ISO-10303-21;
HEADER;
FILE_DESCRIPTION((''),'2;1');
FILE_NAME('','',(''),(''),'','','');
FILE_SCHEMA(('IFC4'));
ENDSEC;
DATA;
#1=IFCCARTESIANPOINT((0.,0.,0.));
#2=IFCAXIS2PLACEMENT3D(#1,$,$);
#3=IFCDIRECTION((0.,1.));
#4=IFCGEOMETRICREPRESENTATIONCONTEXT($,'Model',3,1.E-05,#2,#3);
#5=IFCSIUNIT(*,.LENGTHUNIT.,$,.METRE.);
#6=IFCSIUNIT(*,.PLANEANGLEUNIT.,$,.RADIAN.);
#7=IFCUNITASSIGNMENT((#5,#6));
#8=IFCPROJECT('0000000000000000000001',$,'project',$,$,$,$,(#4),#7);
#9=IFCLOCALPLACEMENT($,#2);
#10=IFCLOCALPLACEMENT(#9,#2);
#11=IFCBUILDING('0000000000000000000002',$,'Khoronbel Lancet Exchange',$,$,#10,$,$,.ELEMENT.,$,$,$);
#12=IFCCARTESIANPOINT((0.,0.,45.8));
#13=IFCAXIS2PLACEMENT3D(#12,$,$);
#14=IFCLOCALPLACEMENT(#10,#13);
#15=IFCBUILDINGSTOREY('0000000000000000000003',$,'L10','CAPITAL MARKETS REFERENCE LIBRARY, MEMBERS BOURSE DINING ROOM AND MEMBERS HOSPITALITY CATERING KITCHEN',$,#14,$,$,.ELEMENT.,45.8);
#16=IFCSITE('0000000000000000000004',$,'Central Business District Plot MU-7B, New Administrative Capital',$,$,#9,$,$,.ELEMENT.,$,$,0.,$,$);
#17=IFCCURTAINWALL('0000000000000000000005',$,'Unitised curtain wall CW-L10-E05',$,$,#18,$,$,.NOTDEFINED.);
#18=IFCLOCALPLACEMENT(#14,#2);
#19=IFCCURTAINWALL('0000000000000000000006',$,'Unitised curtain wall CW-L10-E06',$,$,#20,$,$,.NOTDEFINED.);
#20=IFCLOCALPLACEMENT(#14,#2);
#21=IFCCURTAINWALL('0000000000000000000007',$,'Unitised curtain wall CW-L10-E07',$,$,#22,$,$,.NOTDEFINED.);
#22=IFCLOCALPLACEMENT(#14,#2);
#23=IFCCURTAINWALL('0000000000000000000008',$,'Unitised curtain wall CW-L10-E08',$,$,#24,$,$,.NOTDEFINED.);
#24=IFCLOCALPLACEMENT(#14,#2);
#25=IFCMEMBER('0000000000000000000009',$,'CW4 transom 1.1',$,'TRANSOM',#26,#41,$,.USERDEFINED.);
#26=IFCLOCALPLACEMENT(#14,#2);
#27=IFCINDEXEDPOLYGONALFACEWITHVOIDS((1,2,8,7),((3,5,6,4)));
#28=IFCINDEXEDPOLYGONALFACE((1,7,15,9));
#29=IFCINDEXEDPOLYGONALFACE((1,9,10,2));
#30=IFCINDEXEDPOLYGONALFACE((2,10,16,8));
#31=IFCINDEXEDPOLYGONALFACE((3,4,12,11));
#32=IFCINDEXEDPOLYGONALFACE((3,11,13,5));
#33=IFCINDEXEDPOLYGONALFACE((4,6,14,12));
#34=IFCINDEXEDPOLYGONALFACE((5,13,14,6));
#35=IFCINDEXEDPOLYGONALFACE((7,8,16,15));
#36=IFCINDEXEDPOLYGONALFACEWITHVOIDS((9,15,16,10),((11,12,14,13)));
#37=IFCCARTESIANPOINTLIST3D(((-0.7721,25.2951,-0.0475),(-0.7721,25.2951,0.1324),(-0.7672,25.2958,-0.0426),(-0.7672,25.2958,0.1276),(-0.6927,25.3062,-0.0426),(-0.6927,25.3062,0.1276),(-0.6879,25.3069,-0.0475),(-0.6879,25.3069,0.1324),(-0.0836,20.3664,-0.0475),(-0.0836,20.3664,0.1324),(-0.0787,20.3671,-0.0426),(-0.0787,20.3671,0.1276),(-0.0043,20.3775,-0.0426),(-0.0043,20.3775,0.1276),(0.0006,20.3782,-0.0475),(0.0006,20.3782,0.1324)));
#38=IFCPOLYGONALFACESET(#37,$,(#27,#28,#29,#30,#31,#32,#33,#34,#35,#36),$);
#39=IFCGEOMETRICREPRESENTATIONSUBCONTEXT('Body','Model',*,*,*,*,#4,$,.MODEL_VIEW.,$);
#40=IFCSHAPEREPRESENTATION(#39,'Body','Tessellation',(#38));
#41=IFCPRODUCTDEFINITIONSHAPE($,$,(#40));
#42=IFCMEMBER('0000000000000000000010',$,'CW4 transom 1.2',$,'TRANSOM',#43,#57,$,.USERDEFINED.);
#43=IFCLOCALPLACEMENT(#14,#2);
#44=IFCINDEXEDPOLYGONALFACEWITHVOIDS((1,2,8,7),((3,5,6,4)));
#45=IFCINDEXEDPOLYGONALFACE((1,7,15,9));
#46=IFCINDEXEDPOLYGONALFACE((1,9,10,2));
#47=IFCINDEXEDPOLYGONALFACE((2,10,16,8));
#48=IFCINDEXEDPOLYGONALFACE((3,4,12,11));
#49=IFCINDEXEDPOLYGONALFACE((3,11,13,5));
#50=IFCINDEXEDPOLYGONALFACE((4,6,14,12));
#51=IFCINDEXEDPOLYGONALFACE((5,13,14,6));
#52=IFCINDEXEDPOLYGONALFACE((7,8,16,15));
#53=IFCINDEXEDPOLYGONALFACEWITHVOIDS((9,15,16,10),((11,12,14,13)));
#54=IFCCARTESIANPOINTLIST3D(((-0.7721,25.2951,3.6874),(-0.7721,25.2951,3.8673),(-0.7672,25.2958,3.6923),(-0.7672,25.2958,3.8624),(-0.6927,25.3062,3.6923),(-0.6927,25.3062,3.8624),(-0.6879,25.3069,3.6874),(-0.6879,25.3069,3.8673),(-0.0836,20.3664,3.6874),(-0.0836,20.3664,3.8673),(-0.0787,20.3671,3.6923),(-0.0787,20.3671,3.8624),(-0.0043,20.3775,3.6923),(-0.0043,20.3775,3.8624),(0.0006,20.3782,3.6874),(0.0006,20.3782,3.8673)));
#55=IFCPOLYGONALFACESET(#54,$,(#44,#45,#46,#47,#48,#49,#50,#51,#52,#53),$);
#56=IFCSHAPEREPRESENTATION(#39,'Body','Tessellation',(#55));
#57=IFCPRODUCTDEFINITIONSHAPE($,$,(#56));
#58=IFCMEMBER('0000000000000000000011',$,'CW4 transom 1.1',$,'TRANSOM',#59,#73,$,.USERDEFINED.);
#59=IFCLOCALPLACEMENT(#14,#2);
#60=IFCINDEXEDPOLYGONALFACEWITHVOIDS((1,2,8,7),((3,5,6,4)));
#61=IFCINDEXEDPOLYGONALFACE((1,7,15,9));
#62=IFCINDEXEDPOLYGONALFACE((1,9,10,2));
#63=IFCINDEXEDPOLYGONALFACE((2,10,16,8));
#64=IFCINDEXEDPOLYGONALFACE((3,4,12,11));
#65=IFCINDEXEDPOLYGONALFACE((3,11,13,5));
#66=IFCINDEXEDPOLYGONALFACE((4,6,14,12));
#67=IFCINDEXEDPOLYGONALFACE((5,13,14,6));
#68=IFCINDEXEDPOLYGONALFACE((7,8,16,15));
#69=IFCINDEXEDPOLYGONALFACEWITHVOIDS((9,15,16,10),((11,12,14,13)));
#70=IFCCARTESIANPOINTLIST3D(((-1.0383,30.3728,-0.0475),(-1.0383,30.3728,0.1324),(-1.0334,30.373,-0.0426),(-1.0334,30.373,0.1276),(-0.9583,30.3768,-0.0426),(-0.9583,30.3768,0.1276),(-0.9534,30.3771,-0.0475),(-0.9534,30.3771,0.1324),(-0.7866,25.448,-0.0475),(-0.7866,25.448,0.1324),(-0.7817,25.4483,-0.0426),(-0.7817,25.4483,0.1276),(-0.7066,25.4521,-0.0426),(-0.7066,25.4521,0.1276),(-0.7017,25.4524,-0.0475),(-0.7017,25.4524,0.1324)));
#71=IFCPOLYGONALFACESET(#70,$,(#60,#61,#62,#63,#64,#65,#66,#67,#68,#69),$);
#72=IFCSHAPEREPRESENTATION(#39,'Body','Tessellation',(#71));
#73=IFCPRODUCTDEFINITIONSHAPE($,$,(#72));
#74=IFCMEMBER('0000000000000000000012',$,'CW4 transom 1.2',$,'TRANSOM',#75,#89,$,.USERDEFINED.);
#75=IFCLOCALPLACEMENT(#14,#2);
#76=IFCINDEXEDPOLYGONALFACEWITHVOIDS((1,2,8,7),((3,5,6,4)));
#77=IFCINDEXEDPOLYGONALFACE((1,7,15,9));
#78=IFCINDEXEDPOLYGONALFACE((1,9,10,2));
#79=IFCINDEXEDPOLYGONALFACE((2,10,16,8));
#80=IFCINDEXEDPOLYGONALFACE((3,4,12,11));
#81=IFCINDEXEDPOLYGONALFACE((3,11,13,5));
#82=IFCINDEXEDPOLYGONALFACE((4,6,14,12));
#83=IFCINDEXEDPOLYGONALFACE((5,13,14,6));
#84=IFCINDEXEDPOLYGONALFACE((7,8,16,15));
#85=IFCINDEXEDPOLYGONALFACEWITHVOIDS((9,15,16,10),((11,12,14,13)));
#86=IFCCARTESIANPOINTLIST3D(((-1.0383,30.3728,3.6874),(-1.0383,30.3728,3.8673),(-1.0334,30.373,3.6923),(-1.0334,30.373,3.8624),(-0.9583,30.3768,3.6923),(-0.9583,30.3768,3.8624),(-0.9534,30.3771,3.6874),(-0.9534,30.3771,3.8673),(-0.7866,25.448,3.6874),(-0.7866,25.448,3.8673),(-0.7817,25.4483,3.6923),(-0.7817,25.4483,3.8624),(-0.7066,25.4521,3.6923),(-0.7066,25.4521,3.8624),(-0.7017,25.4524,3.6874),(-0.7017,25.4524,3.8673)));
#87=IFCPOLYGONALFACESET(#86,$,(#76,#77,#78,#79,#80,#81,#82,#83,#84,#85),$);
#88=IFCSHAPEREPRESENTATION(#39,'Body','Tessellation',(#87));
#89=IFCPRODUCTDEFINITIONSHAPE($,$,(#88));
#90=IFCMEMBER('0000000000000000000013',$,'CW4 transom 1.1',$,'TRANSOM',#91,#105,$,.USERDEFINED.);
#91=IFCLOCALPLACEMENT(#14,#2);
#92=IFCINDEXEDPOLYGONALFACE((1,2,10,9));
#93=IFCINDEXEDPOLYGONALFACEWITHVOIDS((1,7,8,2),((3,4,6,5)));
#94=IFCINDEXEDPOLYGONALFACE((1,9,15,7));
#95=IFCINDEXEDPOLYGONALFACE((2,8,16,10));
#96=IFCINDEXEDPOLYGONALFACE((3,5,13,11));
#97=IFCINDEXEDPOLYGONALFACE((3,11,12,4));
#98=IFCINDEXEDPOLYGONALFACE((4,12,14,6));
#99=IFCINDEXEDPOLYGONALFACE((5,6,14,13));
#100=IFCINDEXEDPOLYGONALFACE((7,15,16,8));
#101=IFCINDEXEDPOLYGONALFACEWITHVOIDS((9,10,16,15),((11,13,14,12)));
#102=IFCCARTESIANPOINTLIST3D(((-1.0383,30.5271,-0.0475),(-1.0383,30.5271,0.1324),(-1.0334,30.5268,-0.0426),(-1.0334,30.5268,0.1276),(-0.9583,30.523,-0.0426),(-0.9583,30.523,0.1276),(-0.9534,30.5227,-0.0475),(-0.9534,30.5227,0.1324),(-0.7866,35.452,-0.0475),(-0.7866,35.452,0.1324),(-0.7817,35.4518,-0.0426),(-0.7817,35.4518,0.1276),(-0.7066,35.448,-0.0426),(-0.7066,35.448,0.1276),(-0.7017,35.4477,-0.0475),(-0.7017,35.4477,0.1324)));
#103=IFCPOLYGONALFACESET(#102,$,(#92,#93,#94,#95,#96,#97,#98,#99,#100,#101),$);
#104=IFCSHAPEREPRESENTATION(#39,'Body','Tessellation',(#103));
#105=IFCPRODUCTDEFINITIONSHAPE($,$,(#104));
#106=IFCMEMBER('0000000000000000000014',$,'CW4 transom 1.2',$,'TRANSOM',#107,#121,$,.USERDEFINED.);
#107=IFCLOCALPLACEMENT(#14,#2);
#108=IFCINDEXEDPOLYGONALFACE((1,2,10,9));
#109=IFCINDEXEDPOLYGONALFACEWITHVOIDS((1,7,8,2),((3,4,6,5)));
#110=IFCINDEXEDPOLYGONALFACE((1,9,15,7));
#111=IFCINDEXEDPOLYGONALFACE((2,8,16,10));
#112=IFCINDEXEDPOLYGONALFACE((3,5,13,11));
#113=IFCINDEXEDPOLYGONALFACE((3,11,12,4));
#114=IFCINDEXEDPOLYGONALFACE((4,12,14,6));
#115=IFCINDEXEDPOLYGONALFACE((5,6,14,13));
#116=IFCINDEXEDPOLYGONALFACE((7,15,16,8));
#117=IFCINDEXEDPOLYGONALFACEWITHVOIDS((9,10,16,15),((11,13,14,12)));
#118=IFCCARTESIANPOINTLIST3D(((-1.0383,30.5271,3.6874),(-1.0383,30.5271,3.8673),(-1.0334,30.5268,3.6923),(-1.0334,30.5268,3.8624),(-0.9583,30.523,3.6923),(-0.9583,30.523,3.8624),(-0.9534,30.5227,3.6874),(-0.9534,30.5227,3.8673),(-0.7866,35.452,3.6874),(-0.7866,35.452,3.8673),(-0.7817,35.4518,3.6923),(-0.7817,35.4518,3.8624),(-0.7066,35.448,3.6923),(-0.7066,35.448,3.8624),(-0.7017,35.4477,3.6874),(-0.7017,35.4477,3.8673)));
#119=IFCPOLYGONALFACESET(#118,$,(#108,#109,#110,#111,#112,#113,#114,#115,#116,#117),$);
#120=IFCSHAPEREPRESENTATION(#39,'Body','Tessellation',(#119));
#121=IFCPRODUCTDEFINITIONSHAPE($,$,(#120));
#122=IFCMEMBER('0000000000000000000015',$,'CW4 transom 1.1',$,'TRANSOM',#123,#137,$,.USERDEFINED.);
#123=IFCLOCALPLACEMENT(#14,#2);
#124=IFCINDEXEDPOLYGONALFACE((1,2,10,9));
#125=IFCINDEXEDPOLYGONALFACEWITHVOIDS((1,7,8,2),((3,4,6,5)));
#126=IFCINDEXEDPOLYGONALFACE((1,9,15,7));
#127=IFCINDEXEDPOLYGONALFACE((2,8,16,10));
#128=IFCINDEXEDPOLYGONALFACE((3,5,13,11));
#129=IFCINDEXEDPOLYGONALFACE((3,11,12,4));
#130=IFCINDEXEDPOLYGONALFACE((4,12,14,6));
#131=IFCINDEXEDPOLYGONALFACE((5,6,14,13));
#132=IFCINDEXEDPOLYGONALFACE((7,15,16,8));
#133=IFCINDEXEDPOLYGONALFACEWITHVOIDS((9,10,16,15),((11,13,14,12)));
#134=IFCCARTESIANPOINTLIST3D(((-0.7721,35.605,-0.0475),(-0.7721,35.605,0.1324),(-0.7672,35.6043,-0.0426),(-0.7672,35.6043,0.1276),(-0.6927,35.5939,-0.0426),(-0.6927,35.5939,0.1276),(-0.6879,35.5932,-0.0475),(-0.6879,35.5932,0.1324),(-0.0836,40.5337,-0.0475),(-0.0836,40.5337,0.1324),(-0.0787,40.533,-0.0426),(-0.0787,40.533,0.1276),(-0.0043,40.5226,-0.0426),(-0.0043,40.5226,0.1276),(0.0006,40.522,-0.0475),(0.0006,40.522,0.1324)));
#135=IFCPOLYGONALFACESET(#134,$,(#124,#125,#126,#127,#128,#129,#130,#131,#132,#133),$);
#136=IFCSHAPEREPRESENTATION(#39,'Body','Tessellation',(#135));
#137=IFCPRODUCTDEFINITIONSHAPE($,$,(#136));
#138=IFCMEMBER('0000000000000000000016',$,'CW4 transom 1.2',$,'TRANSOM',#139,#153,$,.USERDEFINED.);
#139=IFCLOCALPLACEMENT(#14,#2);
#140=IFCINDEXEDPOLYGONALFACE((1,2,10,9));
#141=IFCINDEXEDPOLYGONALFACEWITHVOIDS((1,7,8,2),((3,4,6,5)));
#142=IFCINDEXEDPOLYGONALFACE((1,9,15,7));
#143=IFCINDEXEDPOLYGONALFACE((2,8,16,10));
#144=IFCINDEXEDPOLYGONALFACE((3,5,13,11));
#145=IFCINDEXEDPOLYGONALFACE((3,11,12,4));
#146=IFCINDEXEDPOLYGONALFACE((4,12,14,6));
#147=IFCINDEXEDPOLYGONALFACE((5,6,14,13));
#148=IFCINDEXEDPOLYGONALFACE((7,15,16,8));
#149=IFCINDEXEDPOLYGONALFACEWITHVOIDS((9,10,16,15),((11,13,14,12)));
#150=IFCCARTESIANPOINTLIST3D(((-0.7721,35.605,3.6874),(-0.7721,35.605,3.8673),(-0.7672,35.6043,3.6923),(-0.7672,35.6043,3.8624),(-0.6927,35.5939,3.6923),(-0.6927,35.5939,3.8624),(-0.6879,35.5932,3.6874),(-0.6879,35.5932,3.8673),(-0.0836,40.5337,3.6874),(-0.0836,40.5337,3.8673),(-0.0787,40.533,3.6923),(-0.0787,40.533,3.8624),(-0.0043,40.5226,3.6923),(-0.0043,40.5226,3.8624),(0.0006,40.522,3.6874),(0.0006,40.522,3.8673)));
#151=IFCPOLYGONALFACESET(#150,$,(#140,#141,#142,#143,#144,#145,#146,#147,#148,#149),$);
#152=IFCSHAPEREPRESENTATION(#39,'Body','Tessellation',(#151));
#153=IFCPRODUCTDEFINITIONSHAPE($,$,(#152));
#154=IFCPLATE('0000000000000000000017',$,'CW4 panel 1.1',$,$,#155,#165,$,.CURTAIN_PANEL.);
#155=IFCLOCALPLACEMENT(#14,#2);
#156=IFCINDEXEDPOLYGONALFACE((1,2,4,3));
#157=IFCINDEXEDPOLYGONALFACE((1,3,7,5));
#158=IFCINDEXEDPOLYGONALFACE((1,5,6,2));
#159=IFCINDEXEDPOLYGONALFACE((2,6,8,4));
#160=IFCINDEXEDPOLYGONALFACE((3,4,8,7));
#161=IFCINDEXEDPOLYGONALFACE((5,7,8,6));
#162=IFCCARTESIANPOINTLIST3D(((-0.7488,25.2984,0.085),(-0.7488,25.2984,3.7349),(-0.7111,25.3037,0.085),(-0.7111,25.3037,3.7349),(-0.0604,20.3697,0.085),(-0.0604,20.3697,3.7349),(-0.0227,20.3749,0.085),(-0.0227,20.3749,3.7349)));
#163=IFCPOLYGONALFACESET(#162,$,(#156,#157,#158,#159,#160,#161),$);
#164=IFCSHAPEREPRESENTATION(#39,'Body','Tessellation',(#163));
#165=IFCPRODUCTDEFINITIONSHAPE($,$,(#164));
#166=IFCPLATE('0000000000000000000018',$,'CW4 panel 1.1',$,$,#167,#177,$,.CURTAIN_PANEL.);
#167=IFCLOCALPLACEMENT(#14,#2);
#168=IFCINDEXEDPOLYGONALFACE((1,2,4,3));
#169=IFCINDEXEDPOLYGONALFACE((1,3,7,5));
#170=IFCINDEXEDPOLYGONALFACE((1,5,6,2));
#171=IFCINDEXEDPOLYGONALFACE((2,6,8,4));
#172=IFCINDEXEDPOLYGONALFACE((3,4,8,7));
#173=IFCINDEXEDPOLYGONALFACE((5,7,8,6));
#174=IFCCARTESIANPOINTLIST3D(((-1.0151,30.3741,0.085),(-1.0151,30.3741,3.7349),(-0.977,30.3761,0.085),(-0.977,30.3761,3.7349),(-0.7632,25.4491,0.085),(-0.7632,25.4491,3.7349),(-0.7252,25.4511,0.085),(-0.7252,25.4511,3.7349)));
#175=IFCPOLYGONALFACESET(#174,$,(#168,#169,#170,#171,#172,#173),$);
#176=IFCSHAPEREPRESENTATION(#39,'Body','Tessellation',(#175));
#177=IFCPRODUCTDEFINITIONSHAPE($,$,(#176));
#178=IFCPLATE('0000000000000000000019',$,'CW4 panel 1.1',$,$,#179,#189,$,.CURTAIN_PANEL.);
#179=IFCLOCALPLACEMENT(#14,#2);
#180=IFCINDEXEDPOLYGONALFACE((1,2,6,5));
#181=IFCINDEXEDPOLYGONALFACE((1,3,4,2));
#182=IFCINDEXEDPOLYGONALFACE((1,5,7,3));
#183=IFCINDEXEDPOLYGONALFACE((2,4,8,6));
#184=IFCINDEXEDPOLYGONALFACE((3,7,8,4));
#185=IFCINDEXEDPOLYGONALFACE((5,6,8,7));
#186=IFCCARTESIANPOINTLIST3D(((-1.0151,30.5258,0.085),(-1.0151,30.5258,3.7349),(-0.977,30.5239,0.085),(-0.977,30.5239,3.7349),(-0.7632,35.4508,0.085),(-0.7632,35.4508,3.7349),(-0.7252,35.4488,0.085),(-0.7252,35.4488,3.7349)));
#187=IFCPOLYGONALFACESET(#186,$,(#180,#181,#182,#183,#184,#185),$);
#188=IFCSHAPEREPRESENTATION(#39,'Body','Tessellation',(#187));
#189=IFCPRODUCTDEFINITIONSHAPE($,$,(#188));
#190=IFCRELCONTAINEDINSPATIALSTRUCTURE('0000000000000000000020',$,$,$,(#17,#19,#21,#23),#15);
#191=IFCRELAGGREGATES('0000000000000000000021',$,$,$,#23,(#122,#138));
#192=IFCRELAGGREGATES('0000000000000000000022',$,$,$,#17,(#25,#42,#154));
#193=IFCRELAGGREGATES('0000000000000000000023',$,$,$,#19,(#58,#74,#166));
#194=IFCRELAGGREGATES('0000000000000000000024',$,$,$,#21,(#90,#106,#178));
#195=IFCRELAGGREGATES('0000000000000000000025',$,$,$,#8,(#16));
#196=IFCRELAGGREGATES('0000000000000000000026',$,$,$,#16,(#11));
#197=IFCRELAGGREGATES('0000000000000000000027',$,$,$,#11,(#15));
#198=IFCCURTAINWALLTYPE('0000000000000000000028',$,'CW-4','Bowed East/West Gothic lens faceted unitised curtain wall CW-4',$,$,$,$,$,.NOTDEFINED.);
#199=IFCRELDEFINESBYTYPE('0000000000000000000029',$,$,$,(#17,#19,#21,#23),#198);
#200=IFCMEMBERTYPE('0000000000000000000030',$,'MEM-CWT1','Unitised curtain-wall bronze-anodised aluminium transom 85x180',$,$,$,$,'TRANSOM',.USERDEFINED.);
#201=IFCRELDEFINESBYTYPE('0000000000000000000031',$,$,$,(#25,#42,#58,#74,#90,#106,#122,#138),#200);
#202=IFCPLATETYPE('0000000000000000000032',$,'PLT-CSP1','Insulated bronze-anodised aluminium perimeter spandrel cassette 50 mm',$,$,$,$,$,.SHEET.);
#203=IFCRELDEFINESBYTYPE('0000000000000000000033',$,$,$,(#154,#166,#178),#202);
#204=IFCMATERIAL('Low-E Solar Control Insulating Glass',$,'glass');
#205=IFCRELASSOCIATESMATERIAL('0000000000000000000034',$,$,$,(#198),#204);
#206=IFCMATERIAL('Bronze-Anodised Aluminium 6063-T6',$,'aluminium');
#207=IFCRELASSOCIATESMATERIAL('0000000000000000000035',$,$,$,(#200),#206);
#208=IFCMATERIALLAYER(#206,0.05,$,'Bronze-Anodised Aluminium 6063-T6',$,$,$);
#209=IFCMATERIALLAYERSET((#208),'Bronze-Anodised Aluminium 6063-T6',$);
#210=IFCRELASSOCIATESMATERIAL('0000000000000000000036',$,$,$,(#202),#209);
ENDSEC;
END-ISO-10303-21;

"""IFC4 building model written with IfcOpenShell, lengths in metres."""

from ifc_helpers import new_model, si_unit, direction, frame, origin, origin_2d, place, context, subcontext, project, spatial, rectangle, hollow_rectangle, extrude, material, layer, layer_set, material_profile, profile_set, type_object, element, aggregate, save


model = new_model("IFC4")

# Units and contexts
model_context = context("Model", 3, precision=1e-05, world=origin(), true_north=direction((0.0, 1.0)))
body_context = subcontext(model_context, "Body", "Model", "MODEL_VIEW")
ifc_project = project(units=[si_unit("LENGTHUNIT", "METRE"), si_unit("PLANEANGLEUNIT", "RADIAN")], contexts=[model_context])

# Site, building, storey
site_placement = place(None, origin())
site = spatial("IfcSite", under=ifc_project, at=site_placement, Name="Central Business District Plot MU-7B, New Administrative Capital", CompositionType="ELEMENT", RefElevation=0.0)
building_placement = place(site_placement, origin())
building = spatial("IfcBuilding", under=site, at=building_placement, Name="Khoronbel Lancet Exchange", CompositionType="ELEMENT")
storey_placement = place(building_placement, frame((0.0, 0.0, 45.8)))
storey = spatial("IfcBuildingStorey", under=building, at=storey_placement, Name="L10", Description="CAPITAL MARKETS REFERENCE LIBRARY, MEMBERS BOURSE DINING ROOM AND MEMBERS HOSPITALITY CATERING KITCHEN", CompositionType="ELEMENT", Elevation=45.8)

# Curtain walls
ifc_material_1 = material(Name="Low-E Solar Control Insulating Glass", Category="glass")
curtain_wall_type = type_object("IfcCurtainWallType", Name="CW-4", Description="Bowed East/West Gothic lens faceted unitised curtain wall CW-4", PredefinedType="NOTDEFINED", material=ifc_material_1)
ifc_material_2 = material(Name="Bronze-Anodised Aluminium 6063-T6", Category="aluminium")
curtain_wall_1_placement = place(storey_placement, origin())
curtain_wall_1 = element("IfcCurtainWall", 1, at=curtain_wall_1_placement, inside=storey, type_object=curtain_wall_type, Name="Unitised curtain wall CW-L10-E05", PredefinedType="NOTDEFINED")
curtain_wall_2_placement = place(storey_placement, origin())
curtain_wall_2 = element("IfcCurtainWall", 2, at=curtain_wall_2_placement, inside=storey, type_object=curtain_wall_type, Name="Unitised curtain wall CW-L10-E06", PredefinedType="NOTDEFINED")
curtain_wall_3_placement = place(storey_placement, origin())
curtain_wall_3 = element("IfcCurtainWall", 3, at=curtain_wall_3_placement, inside=storey, type_object=curtain_wall_type, Name="Unitised curtain wall CW-L10-E07", PredefinedType="NOTDEFINED")

# Curtain wall
curtain_wall_4_placement = place(storey_placement, origin())
curtain_wall_4 = element("IfcCurtainWall", 4, at=curtain_wall_4_placement, inside=storey, type_object=curtain_wall_type, Name="Unitised curtain wall CW-L10-E08", PredefinedType="NOTDEFINED")

# Members
ifc_material_profile_1 = material_profile(ifc_material_2, hollow_rectangle(XDim=0.085, YDim=0.1799, WallThickness=0.0049, at=origin_2d()), Name="ALU TRANSOM 85x180")
ifc_profile_set_1 = profile_set([ifc_material_profile_1], Name="Bronze-Anodised Aluminium 6063-T6")
member_type_1 = type_object("IfcMemberType", Name="MEM-CWT1", Description="Unitised curtain-wall bronze-anodised aluminium transom 85x180", ElementType="TRANSOM", PredefinedType="USERDEFINED", material=ifc_profile_set_1)
member_1_placement = place(storey_placement, frame((-0.0415, 20.3723, 0.0425), z_axis=(-0.138344, 0.990384, 0.0), x_axis=(-0.990384, -0.138344, 0.0)))
member_1 = element("IfcMember", 5, at=member_1_placement, type_object=member_type_1, Name="CW4 transom 1.1", ObjectType="TRANSOM", PredefinedType="USERDEFINED", context=body_context, shape_type="SweptSolid", body=[
    extrude(hollow_rectangle(XDim=0.085, YDim=0.1799, WallThickness=0.0049, at=origin_2d()), origin(), (0.0, 0.0, 1.0), 4.9766),
])
member_2_placement = place(storey_placement, frame((-0.0415, 20.3723, 3.7773), z_axis=(-0.138344, 0.990384, 0.0), x_axis=(-0.990384, -0.138344, 0.0)))
member_2 = element("IfcMember", 6, at=member_2_placement, type_object=member_type_1, Name="CW4 transom 1.2", ObjectType="TRANSOM", PredefinedType="USERDEFINED", context=body_context, shape_type="SweptSolid", body=[
    extrude(hollow_rectangle(XDim=0.085, YDim=0.1799, WallThickness=0.0049, at=origin_2d()), origin(), (0.0, 0.0, 1.0), 4.9766),
])
member_3_placement = place(storey_placement, frame((-0.7441, 25.4502, 0.0425), z_axis=(-0.051044, 0.998696, 0.0), x_axis=(-0.998696, -0.051044, 0.0)))
member_3 = element("IfcMember", 7, at=member_3_placement, type_object=member_type_1, Name="CW4 transom 1.1", ObjectType="TRANSOM", PredefinedType="USERDEFINED", context=body_context, shape_type="SweptSolid", body=[
    extrude(hollow_rectangle(XDim=0.085, YDim=0.1799, WallThickness=0.0049, at=origin_2d()), origin(), (0.0, 0.0, 1.0), 4.9312),
])
member_4_placement = place(storey_placement, frame((-0.7441, 25.4502, 3.7773), z_axis=(-0.051044, 0.998696, 0.0), x_axis=(-0.998696, -0.051044, 0.0)))
member_4 = element("IfcMember", 8, at=member_4_placement, type_object=member_type_1, Name="CW4 transom 1.2", ObjectType="TRANSOM", PredefinedType="USERDEFINED", context=body_context, shape_type="SweptSolid", body=[
    extrude(hollow_rectangle(XDim=0.085, YDim=0.1799, WallThickness=0.0049, at=origin_2d()), origin(), (0.0, 0.0, 1.0), 4.9312),
])
member_5_placement = place(storey_placement, frame((-0.9958, 30.5249, 0.0425), z_axis=(0.051041, 0.998697, 0.0), x_axis=(-0.998697, 0.051041, 0.0)))
member_5 = element("IfcMember", 9, at=member_5_placement, type_object=member_type_1, Name="CW4 transom 1.1", ObjectType="TRANSOM", PredefinedType="USERDEFINED", context=body_context, shape_type="SweptSolid", body=[
    extrude(hollow_rectangle(XDim=0.085, YDim=0.1799, WallThickness=0.0049, at=origin_2d()), origin(), (0.0, 0.0, 1.0), 4.9314),
])
member_6_placement = place(storey_placement, frame((-0.9958, 30.5249, 3.7773), z_axis=(0.051041, 0.998697, 0.0), x_axis=(-0.998697, 0.051041, 0.0)))
member_6 = element("IfcMember", 10, at=member_6_placement, type_object=member_type_1, Name="CW4 transom 1.2", ObjectType="TRANSOM", PredefinedType="USERDEFINED", context=body_context, shape_type="SweptSolid", body=[
    extrude(hollow_rectangle(XDim=0.085, YDim=0.1799, WallThickness=0.0049, at=origin_2d()), origin(), (0.0, 0.0, 1.0), 4.9314),
])
member_7_placement = place(storey_placement, frame((-0.73, 35.5991, 0.0425), z_axis=(0.138344, 0.990384, 0.0), x_axis=(-0.990384, 0.138344, 0.0)))
member_7 = element("IfcMember", 11, at=member_7_placement, type_object=member_type_1, Name="CW4 transom 1.1", ObjectType="TRANSOM", PredefinedType="USERDEFINED", context=body_context, shape_type="SweptSolid", body=[
    extrude(hollow_rectangle(XDim=0.085, YDim=0.1799, WallThickness=0.0049, at=origin_2d()), origin(), (0.0, 0.0, 1.0), 4.9766),
])
member_8_placement = place(storey_placement, frame((-0.73, 35.5991, 3.7773), z_axis=(0.138344, 0.990384, 0.0), x_axis=(-0.990384, 0.138344, 0.0)))
member_8 = element("IfcMember", 12, at=member_8_placement, type_object=member_type_1, Name="CW4 transom 1.2", ObjectType="TRANSOM", PredefinedType="USERDEFINED", context=body_context, shape_type="SweptSolid", body=[
    extrude(hollow_rectangle(XDim=0.085, YDim=0.1799, WallThickness=0.0049, at=origin_2d()), origin(), (0.0, 0.0, 1.0), 4.9766),
])
aggregate(curtain_wall_4, [member_7, member_8])

# Plates
ifc_layer_1 = layer(ifc_material_2, 0.05, Name="Bronze-Anodised Aluminium 6063-T6")
ifc_layer_set_1 = layer_set([ifc_layer_1], Name="Bronze-Anodised Aluminium 6063-T6")
plate_type_1 = type_object("IfcPlateType", Name="PLT-CSP1", Description="Insulated bronze-anodised aluminium perimeter spandrel cassette 50 mm", PredefinedType="SHEET", material=ifc_layer_set_1)
plate_1_placement = place(storey_placement, frame((-0.3857, 22.8367, 0.085), z_axis=(0.0, 0.0, 1.0), x_axis=(-0.13834, 0.990385, 0.0)))
plate_1 = element("IfcPlate", 13, at=plate_1_placement, type_object=plate_type_1, Name="CW4 panel 1.1", PredefinedType="CURTAIN_PANEL", context=body_context, shape_type="SweptSolid", body=[
    extrude(rectangle(XDim=4.9766, YDim=0.0381, at=origin_2d()), origin(), (0.0, 0.0, 1.0), 3.6499),
])
aggregate(curtain_wall_1, [member_1, member_2, plate_1])
plate_2_placement = place(storey_placement, frame((-0.8701, 27.9126, 0.085), z_axis=(0.0, 0.0, 1.0), x_axis=(-0.051068, 0.998695, 0.0)))
plate_2 = element("IfcPlate", 14, at=plate_2_placement, type_object=plate_type_1, Name="CW4 panel 1.1", PredefinedType="CURTAIN_PANEL", context=body_context, shape_type="SweptSolid", body=[
    extrude(rectangle(XDim=4.9314, YDim=0.0381, at=origin_2d()), origin(), (0.0, 0.0, 1.0), 3.6499),
])
aggregate(curtain_wall_2, [member_3, member_4, plate_2])
plate_3_placement = place(storey_placement, frame((-0.8701, 32.9873, 0.085), z_axis=(0.0, 0.0, 1.0), x_axis=(0.051068, 0.998695, 0.0)))
plate_3 = element("IfcPlate", 15, at=plate_3_placement, type_object=plate_type_1, Name="CW4 panel 1.1", PredefinedType="CURTAIN_PANEL", context=body_context, shape_type="SweptSolid", body=[
    extrude(rectangle(XDim=4.9314, YDim=0.0381, at=origin_2d()), origin(), (0.0, 0.0, 1.0), 3.6499),
])
aggregate(curtain_wall_3, [member_5, member_6, plate_3])

save(model, "model.ifc")
